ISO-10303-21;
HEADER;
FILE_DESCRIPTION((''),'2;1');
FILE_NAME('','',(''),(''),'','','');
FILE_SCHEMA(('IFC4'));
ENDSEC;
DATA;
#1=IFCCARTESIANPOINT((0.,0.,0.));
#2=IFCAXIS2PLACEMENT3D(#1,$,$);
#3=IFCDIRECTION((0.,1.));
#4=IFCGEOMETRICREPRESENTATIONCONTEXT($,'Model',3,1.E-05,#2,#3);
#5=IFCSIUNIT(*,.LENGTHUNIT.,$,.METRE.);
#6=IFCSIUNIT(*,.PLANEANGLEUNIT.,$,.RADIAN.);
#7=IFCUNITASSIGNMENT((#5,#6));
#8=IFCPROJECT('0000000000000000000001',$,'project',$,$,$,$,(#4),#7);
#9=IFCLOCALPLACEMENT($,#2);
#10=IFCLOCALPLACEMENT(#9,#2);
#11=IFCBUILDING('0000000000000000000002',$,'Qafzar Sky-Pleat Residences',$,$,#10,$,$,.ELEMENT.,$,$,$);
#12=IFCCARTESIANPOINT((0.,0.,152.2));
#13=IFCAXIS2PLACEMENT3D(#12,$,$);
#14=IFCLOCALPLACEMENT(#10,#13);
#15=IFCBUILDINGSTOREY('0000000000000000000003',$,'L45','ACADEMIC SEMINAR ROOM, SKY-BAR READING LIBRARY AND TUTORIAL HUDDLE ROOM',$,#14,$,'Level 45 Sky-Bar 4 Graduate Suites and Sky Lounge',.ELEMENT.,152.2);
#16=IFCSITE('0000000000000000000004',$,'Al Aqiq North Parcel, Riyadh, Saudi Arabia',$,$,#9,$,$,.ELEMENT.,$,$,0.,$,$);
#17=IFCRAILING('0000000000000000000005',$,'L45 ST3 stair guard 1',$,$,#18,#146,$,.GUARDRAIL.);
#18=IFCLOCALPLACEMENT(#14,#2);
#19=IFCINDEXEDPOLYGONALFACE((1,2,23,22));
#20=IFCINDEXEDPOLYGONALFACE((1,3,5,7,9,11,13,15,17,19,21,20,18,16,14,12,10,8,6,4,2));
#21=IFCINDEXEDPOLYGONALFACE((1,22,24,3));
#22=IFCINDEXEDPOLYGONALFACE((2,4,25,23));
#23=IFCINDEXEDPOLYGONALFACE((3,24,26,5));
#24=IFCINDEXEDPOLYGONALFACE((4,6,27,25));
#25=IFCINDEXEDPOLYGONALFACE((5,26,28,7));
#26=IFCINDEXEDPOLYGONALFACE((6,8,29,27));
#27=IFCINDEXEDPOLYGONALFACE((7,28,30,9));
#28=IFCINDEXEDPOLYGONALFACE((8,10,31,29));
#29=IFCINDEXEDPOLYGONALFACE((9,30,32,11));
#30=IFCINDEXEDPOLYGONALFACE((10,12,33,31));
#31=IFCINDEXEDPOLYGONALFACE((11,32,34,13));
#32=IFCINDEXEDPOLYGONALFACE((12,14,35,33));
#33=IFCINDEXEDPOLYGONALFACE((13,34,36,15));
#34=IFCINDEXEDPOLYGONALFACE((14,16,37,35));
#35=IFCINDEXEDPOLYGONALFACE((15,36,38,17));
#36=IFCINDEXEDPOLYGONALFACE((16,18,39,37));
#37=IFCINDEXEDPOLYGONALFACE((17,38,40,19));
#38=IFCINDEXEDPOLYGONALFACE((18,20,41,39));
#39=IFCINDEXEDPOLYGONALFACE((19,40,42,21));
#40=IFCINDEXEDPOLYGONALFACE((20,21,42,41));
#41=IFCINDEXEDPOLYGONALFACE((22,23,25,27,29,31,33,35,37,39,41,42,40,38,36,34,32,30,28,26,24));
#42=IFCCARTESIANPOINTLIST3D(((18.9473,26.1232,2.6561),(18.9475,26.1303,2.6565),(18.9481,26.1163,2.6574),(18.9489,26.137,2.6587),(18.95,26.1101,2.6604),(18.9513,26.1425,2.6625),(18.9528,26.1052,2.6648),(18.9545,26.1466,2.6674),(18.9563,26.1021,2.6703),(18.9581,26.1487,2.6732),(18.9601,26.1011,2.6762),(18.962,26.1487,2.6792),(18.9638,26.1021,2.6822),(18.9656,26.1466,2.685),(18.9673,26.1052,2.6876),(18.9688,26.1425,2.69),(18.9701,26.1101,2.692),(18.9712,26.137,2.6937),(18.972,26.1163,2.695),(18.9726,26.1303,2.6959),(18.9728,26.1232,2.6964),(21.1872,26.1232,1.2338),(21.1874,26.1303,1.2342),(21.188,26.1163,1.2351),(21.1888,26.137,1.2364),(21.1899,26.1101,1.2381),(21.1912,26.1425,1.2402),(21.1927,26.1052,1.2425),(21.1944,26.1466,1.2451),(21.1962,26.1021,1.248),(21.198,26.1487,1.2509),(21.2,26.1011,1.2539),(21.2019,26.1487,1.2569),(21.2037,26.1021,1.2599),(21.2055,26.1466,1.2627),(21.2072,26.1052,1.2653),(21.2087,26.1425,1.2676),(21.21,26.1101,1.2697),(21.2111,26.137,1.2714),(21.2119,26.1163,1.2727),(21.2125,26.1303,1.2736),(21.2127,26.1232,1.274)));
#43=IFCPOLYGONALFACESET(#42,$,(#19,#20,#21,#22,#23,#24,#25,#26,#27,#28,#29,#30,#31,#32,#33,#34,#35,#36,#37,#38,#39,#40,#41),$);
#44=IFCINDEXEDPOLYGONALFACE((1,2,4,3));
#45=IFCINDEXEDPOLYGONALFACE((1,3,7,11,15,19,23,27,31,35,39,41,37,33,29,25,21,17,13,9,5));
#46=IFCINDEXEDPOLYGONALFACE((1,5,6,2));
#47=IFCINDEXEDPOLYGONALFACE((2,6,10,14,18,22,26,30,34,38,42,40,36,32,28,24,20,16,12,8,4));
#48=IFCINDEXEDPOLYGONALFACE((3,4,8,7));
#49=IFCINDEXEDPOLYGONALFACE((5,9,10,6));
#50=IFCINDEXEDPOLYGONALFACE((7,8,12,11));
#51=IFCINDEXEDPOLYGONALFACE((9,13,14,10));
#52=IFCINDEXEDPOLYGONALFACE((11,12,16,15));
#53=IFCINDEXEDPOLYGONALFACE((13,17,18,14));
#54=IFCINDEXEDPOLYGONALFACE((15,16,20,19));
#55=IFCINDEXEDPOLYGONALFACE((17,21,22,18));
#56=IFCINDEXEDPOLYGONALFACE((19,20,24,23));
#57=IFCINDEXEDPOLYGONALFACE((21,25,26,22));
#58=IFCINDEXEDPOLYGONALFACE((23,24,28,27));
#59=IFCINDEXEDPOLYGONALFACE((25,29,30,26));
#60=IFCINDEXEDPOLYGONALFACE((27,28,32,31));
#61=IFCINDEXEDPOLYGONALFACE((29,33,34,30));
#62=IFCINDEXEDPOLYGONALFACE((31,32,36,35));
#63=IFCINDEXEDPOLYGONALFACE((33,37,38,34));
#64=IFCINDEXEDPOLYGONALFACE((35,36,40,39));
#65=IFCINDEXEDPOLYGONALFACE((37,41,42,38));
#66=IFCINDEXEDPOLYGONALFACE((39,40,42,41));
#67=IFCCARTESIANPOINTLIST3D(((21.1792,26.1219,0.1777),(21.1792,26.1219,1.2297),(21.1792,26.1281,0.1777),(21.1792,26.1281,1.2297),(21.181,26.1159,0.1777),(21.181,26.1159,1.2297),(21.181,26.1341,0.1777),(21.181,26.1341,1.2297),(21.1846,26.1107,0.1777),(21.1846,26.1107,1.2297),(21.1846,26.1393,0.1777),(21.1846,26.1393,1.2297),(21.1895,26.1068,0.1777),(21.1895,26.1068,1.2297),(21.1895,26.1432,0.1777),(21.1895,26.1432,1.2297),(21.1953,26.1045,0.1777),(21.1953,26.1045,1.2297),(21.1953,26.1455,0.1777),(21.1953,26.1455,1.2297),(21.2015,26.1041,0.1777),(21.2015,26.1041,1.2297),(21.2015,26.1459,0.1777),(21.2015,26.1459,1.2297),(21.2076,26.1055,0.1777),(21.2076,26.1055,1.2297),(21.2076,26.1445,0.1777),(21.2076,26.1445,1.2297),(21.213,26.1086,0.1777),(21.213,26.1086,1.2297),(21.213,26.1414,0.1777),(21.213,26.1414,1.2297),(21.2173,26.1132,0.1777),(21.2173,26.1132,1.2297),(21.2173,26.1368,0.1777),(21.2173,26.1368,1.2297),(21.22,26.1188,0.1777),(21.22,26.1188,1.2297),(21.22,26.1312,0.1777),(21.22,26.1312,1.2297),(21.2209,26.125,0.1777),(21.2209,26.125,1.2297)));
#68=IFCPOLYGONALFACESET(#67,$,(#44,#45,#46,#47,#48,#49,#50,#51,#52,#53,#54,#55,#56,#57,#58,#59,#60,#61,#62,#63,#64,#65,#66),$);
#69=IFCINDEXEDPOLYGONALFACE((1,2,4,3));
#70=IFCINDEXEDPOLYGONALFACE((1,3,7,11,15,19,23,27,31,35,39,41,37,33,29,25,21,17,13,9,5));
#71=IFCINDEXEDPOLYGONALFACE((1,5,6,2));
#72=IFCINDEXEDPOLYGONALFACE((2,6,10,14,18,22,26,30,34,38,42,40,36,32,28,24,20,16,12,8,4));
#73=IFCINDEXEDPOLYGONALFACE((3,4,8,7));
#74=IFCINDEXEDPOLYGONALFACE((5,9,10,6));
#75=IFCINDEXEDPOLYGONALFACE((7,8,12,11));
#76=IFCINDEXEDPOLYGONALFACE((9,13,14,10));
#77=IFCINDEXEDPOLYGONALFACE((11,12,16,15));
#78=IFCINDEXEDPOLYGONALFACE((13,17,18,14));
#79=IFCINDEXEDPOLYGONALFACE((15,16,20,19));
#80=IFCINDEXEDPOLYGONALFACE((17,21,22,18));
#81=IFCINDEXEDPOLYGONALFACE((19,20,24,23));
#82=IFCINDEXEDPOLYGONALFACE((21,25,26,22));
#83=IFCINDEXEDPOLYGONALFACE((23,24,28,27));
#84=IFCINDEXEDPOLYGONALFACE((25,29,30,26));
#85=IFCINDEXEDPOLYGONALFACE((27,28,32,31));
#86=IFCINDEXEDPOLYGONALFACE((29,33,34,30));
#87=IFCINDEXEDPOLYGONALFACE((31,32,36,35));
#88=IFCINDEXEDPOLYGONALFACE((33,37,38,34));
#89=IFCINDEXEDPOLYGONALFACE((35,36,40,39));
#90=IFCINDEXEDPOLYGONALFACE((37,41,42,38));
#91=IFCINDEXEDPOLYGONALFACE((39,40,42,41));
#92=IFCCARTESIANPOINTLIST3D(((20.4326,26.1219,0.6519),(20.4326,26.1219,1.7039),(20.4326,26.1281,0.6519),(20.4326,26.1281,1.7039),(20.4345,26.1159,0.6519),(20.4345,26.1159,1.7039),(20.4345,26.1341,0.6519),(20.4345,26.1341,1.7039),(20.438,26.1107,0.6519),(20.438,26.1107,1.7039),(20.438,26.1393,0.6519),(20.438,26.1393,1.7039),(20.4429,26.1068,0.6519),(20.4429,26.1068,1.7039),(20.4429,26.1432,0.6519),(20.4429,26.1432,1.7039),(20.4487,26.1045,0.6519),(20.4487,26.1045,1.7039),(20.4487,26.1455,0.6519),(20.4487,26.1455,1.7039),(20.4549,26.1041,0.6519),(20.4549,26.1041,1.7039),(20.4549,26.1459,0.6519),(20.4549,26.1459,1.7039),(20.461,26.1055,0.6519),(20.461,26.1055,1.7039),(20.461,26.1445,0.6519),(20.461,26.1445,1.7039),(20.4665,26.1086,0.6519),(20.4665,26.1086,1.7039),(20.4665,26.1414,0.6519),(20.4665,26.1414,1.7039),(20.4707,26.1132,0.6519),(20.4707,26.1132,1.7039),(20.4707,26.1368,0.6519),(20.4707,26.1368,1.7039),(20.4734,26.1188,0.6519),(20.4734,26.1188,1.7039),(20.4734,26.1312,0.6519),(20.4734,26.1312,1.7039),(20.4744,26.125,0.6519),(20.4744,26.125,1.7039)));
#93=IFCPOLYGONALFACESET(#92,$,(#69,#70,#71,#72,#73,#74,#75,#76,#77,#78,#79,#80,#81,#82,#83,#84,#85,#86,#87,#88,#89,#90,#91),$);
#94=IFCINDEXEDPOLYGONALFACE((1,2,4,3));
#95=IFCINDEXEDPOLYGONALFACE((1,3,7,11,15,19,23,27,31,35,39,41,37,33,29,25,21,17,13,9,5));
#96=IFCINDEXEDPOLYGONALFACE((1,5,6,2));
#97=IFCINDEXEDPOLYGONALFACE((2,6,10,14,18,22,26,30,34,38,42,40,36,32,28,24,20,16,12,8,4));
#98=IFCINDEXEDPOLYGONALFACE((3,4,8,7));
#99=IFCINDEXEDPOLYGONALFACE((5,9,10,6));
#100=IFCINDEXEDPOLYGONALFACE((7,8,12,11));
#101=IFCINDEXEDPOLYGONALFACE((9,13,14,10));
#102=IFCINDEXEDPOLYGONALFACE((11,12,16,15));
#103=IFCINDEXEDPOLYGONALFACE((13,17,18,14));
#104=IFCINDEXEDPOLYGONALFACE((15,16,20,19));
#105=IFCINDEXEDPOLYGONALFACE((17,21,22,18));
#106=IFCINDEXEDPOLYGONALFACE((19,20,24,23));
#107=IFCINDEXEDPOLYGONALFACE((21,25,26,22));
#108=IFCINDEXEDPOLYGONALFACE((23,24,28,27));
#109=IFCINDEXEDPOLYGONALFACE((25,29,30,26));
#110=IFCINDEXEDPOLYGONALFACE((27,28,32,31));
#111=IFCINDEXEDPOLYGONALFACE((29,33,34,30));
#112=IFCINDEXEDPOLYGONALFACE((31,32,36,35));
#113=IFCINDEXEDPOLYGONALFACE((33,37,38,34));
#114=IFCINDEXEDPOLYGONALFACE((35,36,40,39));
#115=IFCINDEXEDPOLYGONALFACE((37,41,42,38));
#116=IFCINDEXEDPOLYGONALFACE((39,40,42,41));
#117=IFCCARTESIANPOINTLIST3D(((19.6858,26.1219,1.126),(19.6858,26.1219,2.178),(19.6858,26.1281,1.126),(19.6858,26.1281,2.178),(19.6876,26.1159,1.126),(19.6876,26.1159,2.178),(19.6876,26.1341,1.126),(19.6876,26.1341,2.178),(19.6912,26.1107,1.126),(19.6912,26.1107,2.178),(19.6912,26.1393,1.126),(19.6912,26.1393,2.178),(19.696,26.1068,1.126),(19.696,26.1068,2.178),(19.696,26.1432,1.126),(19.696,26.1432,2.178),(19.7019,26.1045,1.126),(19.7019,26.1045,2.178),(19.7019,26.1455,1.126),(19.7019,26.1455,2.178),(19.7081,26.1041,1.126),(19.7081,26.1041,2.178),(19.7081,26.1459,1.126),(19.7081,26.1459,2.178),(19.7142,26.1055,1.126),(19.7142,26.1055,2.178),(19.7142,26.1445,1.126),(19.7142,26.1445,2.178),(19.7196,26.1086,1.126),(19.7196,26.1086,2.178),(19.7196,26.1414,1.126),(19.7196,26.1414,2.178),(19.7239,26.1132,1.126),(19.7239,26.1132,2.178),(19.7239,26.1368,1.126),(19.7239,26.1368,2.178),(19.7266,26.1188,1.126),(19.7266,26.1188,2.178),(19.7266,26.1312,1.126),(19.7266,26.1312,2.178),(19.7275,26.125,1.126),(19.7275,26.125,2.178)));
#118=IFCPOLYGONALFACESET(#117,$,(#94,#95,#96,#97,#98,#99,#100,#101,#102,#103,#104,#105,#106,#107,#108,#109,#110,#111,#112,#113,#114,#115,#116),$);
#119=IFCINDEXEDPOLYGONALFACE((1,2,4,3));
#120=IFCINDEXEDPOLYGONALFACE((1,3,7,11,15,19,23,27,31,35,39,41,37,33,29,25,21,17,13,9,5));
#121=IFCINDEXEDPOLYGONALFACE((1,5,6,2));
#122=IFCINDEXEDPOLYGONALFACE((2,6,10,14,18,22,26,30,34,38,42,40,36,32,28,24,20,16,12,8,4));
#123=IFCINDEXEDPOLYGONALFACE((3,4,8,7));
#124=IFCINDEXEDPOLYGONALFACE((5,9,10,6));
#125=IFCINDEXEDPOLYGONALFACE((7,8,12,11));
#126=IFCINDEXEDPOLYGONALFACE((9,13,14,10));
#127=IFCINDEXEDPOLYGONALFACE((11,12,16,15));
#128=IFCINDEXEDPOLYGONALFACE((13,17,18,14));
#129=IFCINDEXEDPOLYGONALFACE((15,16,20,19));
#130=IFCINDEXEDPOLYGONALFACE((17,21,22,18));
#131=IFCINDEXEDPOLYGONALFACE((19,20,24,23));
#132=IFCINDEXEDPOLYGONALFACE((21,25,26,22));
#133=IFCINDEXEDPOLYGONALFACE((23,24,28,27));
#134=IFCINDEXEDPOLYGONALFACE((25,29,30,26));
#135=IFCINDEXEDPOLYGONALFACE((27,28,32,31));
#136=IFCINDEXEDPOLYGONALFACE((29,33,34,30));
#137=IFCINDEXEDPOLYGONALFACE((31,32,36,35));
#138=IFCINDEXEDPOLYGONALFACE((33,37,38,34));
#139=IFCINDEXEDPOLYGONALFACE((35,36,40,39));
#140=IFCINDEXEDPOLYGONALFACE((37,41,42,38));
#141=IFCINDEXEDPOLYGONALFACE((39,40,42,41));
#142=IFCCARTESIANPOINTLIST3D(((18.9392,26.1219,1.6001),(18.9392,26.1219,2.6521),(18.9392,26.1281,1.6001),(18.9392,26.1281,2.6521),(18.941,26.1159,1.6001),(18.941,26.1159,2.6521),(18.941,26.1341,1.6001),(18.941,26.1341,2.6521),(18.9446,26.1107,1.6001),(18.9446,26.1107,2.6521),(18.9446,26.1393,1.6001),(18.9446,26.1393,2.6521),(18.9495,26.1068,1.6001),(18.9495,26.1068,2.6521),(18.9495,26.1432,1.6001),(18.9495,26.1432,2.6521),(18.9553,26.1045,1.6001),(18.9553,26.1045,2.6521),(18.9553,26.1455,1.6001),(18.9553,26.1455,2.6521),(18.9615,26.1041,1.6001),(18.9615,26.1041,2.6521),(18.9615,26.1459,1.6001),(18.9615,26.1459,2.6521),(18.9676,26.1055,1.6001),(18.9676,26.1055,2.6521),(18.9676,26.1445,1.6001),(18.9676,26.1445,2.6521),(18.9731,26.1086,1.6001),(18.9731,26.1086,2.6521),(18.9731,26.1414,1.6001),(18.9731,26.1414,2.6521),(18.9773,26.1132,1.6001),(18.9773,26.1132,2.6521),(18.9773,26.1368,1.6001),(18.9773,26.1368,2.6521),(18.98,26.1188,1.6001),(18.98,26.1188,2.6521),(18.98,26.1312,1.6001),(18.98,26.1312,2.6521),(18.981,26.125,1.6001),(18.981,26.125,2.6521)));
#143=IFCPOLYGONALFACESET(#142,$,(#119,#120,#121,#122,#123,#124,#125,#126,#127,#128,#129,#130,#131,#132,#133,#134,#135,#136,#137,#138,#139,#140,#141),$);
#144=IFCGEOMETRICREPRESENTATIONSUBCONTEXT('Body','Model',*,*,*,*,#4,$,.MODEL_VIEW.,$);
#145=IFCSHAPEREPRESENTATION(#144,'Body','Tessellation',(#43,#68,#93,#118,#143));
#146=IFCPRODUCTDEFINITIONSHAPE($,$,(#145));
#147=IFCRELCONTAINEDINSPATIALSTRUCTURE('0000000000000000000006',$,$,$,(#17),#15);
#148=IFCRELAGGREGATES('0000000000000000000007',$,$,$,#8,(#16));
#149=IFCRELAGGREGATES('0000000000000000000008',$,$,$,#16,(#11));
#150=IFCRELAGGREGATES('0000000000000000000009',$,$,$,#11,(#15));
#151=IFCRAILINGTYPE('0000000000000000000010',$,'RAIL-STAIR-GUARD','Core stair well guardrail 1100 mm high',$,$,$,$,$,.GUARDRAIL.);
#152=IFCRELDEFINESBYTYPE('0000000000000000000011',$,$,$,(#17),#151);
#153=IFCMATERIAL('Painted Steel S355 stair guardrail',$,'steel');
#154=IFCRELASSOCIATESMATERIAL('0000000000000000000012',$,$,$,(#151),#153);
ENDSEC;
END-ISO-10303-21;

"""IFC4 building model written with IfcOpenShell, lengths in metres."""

from ifc_helpers import new_model, si_unit, direction, frame, origin, origin_2d, place, context, subcontext, project, spatial, circle, extrude, source, transform, mapped, material, type_object, element, save


model = new_model("IFC4")

# Units and contexts
model_context = context("Model", 3, precision=1e-05, world=origin(), true_north=direction((0.0, 1.0)))
body_context = subcontext(model_context, "Body", "Model", "MODEL_VIEW")
ifc_project = project(units=[si_unit("LENGTHUNIT", "METRE"), si_unit("PLANEANGLEUNIT", "RADIAN")], contexts=[model_context])

# Site, building, storey
site_placement = place(None, origin())
site = spatial("IfcSite", under=ifc_project, at=site_placement, Name="Al Aqiq North Parcel, Riyadh, Saudi Arabia", CompositionType="ELEMENT", RefElevation=0.0)
building_placement = place(site_placement, origin())
building = spatial("IfcBuilding", under=site, at=building_placement, Name="Qafzar Sky-Pleat Residences", CompositionType="ELEMENT")
storey_placement = place(building_placement, frame((0.0, 0.0, 152.2)))
storey = spatial("IfcBuildingStorey", under=building, at=storey_placement, Name="L45", Description="ACADEMIC SEMINAR ROOM, SKY-BAR READING LIBRARY AND TUTORIAL HUDDLE ROOM", LongName="Level 45 Sky-Bar 4 Graduate Suites and Sky Lounge", CompositionType="ELEMENT", Elevation=152.2)

# Railing
ifc_material_1 = material(Name="Painted Steel S355 stair guardrail", Category="steel")
railing_type_1 = type_object("IfcRailingType", Name="RAIL-STAIR-GUARD", Description="Core stair well guardrail 1100 mm high", PredefinedType="GUARDRAIL", material=ifc_material_1)
shared_shape_1 = source(origin(), body_context, "Body", "SweptSolid", [
    extrude(circle(Radius=0.0239, at=origin_2d()), frame((0.0, 0.0, 1.0762), z_axis=(-0.844188, 0.0, 0.536048), x_axis=(0.0, -1.0, 0.0)), (0.0, 0.0, 1.0), 2.6533),
    extrude(circle(Radius=0.021, at=origin_2d()), origin(), (0.0, 0.0, 1.0), 1.052),
    extrude(circle(Radius=0.021, at=origin_2d()), frame((-0.7466, 0.0, 0.4741)), (0.0, 0.0, 1.0), 1.052),
    extrude(circle(Radius=0.021, at=origin_2d()), frame((-1.4934, 0.0, 0.9482)), (0.0, 0.0, 1.0), 1.052),
    extrude(circle(Radius=0.021, at=origin_2d()), frame((-2.24, 0.0, 1.4224)), (0.0, 0.0, 1.0), 1.052),
])
railing_1_placement = place(storey_placement, frame((21.2, 26.125, 0.1777)))
element("IfcRailing", 1, at=railing_1_placement, inside=storey, type_object=railing_type_1, Name="L45 ST3 stair guard 1", PredefinedType="GUARDRAIL", context=body_context, shape_type="MappedRepresentation", body=[
    mapped(shared_shape_1, transform((0.0, 0.0, 0.0), x_axis=(1.0, 0.0, 0.0), y_axis=(0.0, 1.0, 0.0), z_axis=(0.0, 0.0, 1.0), scale=1.0)),
])

save(model, "model.ifc")
